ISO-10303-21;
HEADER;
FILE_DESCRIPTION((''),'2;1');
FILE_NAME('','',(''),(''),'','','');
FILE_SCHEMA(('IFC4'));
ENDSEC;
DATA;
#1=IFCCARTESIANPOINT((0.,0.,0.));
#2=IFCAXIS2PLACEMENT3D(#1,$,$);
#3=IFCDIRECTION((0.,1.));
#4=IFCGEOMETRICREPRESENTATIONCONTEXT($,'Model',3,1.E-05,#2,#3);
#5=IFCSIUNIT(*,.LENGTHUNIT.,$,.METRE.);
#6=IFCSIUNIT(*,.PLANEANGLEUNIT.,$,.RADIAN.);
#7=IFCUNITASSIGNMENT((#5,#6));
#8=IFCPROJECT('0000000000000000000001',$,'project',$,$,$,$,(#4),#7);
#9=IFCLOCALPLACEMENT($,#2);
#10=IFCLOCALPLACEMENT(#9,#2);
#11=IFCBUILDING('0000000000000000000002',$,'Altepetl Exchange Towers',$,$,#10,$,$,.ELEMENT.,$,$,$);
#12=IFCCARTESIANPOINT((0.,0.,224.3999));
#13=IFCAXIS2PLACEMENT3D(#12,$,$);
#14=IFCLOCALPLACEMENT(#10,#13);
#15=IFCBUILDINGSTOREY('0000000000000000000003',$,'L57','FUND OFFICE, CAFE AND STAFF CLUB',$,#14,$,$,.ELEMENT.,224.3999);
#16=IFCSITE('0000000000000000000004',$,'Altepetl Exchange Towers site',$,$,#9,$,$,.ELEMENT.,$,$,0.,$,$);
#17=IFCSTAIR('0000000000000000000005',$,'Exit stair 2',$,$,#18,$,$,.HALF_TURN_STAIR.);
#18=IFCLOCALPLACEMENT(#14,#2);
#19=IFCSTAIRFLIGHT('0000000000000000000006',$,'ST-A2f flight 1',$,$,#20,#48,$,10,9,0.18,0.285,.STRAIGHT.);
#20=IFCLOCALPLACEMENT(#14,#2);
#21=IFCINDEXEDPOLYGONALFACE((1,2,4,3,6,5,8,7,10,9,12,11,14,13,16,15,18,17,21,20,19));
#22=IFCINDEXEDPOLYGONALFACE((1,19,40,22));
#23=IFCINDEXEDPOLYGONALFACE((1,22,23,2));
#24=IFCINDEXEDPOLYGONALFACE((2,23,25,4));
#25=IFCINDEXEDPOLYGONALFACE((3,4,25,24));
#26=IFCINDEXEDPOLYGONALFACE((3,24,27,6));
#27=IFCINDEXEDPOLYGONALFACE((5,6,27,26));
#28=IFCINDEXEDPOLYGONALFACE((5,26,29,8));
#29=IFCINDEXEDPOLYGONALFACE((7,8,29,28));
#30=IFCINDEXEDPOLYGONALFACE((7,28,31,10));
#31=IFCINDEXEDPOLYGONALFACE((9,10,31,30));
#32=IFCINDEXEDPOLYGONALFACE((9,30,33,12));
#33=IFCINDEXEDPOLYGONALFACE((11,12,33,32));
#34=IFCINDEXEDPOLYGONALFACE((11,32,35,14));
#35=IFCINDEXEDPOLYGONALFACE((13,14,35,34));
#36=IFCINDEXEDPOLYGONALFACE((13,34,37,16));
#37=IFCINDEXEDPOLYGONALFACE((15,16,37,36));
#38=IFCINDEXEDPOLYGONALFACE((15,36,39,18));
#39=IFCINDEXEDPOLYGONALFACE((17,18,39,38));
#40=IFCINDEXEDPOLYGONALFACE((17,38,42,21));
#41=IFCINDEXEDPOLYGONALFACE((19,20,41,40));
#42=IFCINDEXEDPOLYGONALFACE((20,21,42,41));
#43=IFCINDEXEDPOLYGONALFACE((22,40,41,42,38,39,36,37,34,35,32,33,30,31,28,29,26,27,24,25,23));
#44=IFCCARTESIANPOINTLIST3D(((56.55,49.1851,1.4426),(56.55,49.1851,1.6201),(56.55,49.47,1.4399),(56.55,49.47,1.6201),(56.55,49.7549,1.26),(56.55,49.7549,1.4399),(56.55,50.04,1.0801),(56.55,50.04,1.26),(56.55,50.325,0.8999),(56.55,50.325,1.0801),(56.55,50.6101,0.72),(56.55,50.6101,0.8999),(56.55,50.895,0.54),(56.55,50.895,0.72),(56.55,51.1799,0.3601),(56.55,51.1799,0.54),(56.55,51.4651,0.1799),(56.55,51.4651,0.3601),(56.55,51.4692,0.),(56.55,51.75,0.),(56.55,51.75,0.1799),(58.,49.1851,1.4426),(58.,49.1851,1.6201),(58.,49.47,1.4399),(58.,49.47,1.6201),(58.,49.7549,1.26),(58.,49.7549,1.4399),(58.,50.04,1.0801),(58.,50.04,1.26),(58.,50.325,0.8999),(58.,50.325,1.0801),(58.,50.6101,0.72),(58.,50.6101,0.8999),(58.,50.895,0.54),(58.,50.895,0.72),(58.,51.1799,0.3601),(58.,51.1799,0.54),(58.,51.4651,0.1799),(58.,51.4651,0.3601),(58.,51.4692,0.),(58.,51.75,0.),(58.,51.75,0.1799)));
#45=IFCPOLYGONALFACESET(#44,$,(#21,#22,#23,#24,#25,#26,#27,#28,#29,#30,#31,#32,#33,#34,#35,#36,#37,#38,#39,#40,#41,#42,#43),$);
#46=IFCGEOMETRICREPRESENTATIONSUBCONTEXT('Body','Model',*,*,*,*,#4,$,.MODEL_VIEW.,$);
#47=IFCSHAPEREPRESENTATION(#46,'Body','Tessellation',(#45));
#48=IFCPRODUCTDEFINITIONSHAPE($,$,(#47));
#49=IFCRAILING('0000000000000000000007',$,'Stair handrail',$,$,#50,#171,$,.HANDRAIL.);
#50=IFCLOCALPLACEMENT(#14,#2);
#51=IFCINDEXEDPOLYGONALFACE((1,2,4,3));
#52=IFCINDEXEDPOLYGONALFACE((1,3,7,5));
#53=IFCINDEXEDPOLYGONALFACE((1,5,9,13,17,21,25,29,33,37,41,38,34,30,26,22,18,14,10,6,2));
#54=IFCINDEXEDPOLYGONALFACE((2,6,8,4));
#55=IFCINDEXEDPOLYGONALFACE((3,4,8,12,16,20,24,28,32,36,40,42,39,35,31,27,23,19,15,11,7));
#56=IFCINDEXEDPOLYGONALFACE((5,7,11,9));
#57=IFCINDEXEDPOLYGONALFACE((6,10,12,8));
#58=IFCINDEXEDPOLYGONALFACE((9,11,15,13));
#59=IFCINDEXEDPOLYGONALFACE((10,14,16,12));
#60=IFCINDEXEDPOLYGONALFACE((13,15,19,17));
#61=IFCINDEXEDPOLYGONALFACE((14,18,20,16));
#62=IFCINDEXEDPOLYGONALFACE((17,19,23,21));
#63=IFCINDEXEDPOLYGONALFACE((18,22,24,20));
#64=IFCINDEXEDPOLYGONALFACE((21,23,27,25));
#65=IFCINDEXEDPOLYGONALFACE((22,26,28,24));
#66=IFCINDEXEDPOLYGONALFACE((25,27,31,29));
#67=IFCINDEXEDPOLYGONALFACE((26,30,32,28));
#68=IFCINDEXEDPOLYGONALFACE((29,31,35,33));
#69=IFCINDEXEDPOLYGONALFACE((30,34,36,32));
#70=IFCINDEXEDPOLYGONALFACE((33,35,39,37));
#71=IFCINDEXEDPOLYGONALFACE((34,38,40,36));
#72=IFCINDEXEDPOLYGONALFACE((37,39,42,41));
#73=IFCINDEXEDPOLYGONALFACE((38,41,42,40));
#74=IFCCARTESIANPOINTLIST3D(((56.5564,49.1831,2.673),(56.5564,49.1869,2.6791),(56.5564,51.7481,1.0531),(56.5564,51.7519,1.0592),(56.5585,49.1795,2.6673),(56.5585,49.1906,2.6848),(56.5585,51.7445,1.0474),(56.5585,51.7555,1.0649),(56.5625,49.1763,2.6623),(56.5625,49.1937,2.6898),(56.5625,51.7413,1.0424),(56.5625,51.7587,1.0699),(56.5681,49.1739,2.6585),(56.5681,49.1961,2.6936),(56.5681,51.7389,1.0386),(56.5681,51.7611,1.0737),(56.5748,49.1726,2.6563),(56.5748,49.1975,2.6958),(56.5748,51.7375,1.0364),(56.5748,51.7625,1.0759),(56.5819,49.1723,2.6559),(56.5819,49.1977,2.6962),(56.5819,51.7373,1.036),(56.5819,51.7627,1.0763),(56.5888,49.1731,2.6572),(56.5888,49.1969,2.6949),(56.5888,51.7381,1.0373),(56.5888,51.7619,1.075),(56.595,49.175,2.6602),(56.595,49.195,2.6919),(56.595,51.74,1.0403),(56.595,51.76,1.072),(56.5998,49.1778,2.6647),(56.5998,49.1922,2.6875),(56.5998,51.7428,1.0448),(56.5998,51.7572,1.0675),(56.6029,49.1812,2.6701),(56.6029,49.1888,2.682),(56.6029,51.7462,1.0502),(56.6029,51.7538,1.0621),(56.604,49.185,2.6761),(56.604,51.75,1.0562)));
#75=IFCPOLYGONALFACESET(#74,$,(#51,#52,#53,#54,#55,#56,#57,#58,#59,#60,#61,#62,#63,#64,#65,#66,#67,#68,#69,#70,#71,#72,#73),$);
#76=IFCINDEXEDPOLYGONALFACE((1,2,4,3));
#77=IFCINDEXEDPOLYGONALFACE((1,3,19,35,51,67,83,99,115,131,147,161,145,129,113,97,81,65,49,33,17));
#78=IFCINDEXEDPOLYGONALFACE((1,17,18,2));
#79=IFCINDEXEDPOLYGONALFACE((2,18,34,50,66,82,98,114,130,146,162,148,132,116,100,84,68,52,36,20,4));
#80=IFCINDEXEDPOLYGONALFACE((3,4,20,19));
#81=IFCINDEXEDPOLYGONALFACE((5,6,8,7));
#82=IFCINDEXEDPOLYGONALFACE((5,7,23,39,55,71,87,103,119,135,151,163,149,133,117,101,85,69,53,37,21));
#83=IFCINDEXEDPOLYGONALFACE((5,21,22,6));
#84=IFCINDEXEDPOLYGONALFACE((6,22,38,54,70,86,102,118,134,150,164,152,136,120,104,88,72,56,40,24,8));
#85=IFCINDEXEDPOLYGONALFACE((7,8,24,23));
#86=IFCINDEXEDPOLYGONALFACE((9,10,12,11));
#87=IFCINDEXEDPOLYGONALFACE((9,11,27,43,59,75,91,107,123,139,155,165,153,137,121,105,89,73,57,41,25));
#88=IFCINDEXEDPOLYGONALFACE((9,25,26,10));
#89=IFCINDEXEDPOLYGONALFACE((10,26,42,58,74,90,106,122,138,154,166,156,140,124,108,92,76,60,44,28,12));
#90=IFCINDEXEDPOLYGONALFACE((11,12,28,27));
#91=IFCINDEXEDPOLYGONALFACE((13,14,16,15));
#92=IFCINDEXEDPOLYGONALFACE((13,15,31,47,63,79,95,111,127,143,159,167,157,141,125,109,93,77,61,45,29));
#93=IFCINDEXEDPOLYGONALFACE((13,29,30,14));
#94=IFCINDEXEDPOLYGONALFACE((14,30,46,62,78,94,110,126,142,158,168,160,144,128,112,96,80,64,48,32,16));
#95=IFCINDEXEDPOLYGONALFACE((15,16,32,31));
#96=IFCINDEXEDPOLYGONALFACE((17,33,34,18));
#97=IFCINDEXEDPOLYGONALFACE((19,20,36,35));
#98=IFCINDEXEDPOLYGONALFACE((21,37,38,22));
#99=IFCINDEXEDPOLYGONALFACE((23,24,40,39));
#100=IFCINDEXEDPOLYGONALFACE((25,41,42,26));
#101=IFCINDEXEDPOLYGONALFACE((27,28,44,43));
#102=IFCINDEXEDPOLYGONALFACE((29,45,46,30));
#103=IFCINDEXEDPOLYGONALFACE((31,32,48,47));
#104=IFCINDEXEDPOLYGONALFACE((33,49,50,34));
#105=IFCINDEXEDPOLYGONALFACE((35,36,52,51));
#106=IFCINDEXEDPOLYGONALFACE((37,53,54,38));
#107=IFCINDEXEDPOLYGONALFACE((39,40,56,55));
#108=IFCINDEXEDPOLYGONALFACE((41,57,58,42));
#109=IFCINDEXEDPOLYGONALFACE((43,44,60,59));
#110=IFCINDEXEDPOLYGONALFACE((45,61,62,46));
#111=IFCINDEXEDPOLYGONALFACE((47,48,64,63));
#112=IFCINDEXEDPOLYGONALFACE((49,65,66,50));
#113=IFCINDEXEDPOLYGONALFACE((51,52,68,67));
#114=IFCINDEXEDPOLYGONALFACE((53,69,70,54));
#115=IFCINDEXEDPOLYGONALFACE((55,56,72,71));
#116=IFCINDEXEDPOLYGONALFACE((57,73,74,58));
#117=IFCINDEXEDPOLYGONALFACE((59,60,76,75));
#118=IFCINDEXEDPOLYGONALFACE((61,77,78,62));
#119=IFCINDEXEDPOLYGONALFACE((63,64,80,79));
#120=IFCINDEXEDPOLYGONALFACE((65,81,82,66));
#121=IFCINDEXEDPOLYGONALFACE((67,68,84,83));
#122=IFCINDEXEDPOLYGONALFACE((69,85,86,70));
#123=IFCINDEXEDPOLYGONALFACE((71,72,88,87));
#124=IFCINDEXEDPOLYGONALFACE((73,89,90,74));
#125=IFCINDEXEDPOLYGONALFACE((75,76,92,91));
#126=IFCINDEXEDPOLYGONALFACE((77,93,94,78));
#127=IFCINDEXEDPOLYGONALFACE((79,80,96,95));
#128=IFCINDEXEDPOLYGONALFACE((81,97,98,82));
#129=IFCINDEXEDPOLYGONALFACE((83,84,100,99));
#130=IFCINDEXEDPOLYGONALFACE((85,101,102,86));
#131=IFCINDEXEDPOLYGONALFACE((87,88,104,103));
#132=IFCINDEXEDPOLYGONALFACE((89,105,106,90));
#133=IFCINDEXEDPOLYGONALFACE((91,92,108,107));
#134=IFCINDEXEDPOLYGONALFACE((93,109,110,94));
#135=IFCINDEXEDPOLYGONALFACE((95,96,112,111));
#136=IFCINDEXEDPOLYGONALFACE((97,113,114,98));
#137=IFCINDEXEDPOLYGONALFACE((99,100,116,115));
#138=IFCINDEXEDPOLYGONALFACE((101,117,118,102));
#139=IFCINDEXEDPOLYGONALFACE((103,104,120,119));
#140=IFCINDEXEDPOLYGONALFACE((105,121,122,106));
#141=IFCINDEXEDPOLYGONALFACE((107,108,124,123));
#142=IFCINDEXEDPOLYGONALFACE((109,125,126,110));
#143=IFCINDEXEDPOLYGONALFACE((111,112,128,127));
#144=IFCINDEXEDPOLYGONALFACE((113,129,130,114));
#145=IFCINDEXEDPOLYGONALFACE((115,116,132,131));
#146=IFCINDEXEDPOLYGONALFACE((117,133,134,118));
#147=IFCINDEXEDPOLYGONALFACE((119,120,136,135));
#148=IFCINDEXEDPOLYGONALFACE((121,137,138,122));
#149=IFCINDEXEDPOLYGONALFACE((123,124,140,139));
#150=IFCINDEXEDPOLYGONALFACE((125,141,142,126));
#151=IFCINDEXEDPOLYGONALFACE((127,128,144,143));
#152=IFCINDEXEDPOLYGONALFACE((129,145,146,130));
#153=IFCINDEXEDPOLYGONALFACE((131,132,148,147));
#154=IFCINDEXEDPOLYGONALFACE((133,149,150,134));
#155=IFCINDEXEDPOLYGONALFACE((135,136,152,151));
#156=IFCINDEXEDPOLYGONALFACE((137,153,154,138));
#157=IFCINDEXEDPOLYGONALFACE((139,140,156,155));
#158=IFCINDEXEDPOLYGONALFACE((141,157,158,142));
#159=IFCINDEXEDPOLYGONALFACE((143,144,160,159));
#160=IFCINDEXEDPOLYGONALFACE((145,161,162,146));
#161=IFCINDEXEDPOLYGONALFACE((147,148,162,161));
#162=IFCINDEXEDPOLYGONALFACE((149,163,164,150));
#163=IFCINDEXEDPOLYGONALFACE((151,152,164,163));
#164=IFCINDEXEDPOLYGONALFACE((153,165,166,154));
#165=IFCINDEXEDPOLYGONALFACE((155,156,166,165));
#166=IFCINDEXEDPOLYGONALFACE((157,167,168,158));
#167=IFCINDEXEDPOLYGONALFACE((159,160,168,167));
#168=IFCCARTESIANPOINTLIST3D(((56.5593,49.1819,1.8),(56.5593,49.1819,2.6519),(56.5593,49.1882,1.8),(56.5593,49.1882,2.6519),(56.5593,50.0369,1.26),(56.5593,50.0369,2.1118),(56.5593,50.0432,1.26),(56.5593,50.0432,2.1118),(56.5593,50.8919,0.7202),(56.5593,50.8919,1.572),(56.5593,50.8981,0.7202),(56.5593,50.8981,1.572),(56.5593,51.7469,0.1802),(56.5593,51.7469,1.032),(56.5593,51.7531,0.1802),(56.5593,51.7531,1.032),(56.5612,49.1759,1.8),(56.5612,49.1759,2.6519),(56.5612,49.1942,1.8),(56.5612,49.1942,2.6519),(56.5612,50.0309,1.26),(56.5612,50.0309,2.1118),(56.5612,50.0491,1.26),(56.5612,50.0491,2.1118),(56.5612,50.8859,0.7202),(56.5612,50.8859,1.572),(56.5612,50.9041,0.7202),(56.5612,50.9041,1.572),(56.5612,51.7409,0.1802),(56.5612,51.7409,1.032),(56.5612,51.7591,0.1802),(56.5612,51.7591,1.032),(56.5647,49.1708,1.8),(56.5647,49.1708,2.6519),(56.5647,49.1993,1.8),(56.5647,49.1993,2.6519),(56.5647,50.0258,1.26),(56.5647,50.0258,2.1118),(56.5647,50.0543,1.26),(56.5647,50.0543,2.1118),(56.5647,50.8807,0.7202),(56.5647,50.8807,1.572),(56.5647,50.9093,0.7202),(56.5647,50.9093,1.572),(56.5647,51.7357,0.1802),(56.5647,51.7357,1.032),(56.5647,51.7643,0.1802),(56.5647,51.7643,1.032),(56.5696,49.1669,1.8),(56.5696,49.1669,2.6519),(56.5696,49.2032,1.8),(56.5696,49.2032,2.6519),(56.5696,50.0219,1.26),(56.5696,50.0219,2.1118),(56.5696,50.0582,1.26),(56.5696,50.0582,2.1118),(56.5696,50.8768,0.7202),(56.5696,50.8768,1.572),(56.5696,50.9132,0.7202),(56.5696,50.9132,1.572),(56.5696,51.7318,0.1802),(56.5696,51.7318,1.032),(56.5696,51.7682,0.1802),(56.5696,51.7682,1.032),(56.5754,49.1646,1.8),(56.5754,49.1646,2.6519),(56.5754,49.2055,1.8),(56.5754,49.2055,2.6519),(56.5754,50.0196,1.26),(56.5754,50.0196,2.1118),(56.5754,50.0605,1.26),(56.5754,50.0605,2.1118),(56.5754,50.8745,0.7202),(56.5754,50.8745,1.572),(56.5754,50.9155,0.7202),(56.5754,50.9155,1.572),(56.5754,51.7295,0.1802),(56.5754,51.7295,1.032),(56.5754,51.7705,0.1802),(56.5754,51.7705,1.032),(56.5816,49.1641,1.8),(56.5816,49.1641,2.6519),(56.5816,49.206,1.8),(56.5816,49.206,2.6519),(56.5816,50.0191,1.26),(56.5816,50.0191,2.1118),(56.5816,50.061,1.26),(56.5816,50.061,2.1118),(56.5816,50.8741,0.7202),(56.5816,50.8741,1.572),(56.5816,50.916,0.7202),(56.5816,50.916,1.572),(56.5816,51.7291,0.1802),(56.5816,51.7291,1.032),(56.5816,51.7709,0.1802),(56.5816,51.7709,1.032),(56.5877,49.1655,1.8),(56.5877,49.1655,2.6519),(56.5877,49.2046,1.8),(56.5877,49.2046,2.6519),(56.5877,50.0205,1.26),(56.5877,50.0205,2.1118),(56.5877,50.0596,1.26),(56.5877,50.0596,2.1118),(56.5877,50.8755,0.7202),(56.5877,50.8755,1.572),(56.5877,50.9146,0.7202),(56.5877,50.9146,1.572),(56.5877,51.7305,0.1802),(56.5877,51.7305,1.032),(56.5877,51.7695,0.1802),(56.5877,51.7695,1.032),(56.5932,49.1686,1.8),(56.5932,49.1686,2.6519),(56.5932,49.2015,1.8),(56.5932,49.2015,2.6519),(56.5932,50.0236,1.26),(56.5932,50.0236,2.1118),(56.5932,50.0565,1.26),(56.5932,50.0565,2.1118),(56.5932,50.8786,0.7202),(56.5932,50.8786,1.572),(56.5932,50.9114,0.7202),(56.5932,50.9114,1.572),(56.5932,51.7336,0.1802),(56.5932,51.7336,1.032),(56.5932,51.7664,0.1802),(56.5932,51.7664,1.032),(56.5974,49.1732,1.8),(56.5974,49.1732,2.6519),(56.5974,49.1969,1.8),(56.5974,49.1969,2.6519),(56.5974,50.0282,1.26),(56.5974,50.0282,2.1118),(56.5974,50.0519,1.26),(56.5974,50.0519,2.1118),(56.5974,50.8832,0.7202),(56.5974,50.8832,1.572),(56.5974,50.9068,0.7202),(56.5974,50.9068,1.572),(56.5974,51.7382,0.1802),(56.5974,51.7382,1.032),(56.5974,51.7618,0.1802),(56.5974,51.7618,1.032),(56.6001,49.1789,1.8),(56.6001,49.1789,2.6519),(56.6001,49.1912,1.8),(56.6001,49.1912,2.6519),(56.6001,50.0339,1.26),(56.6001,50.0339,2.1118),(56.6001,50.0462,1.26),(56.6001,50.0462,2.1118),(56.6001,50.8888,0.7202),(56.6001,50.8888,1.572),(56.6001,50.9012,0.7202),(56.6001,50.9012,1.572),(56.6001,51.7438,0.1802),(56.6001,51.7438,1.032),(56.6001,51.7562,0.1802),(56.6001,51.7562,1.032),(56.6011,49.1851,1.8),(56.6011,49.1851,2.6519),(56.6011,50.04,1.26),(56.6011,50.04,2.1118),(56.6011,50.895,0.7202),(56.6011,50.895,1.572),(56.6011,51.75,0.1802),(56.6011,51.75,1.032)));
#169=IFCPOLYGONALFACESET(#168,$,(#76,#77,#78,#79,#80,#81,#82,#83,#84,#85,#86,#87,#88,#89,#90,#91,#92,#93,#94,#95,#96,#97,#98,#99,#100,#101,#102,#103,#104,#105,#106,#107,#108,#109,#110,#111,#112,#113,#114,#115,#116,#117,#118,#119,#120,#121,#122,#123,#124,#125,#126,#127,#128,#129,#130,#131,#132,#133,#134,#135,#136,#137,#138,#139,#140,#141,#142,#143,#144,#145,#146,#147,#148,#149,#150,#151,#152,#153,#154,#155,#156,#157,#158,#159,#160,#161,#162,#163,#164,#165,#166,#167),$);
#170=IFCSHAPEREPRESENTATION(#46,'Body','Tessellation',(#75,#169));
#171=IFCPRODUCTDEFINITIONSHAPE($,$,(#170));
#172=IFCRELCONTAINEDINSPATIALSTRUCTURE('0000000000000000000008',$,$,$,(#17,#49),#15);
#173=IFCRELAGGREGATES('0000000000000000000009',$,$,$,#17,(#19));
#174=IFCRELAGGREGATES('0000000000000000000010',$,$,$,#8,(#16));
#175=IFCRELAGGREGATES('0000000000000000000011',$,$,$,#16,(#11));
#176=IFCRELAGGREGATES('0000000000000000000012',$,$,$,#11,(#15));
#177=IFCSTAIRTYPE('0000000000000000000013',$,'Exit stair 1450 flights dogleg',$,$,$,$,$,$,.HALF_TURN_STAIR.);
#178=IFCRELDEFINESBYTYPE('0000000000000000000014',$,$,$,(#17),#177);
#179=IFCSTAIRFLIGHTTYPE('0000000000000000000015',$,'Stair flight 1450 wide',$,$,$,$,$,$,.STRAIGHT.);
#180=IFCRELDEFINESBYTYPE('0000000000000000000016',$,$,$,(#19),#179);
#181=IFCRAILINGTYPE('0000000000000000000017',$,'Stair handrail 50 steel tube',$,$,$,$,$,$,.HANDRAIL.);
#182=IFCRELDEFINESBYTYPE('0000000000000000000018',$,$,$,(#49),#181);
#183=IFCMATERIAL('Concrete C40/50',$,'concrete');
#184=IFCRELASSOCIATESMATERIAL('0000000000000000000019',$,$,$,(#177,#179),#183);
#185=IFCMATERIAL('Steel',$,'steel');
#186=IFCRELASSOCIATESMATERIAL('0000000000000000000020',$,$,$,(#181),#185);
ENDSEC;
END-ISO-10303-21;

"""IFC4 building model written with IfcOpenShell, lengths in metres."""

from ifc_helpers import new_model, si_unit, direction, frame, origin, origin_2d, place, context, subcontext, project, spatial, polyline, circle, outline, extrude, source, transform, mapped, material, type_object, element, aggregate, save


model = new_model("IFC4")

# Units and contexts
model_context = context("Model", 3, precision=1e-05, world=origin(), true_north=direction((0.0, 1.0)))
body_context = subcontext(model_context, "Body", "Model", "MODEL_VIEW")
ifc_project = project(units=[si_unit("LENGTHUNIT", "METRE"), si_unit("PLANEANGLEUNIT", "RADIAN")], contexts=[model_context])

# Site, building, storey
site_placement = place(None, origin())
site = spatial("IfcSite", under=ifc_project, at=site_placement, Name="Altepetl Exchange Towers site", CompositionType="ELEMENT", RefElevation=0.0)
building_placement = place(site_placement, origin())
building = spatial("IfcBuilding", under=site, at=building_placement, Name="Altepetl Exchange Towers", CompositionType="ELEMENT")
storey_placement = place(building_placement, frame((0.0, 0.0, 224.3999)))
storey = spatial("IfcBuildingStorey", under=building, at=storey_placement, Name="L57", Description="FUND OFFICE, CAFE AND STAFF CLUB", CompositionType="ELEMENT", Elevation=224.3999)

# Shared definitions
ifc_material_1 = material(Name="Concrete C40/50", Category="concrete")

# Stair, stair flight
stair_type = type_object("IfcStairType", Name="Exit stair 1450 flights dogleg", PredefinedType="HALF_TURN_STAIR", material=ifc_material_1)
stair_placement = place(storey_placement, origin())
stair = element("IfcStair", 1, at=stair_placement, inside=storey, type_object=stair_type, Name="Exit stair 2", PredefinedType="HALF_TURN_STAIR")
stair_flight_type = type_object("IfcStairFlightType", Name="Stair flight 1450 wide", PredefinedType="STRAIGHT", material=ifc_material_1)
stair_flight_placement = place(storey_placement, frame((57.2749, 51.75, 0.0), z_axis=(0.0, 0.0, 1.0), x_axis=(0.0, -1.0, 0.0)))
stair_flight = element("IfcStairFlight", 2, at=stair_flight_placement, type_object=stair_flight_type, Name="ST-A2f flight 1", NumberOfRisers=10, NumberOfTreads=9, PredefinedType="STRAIGHT", RiserHeight=0.18, TreadLength=0.285, context=body_context, shape_type="SweptSolid", body=[
    extrude(outline(polyline([(0.0, 0.0), (0.0, 0.1799), (0.2849, 0.1799), (0.2849, 0.3601), (0.5701, 0.3601), (0.5701, 0.54), (0.855, 0.54), (0.855, 0.72), (1.1399, 0.72), (1.1399, 0.8999), (1.425, 0.8999), (1.425, 1.0801), (1.71, 1.0801), (1.71, 1.26), (1.9951, 1.26), (1.9951, 1.4399), (2.28, 1.4399), (2.28, 1.6201), (2.5649, 1.6201), (2.5649, 1.8), (2.5649, 1.4426), (0.2808, 0.0), (0.0, 0.0)])), frame((0.0, 0.7251, 0.0), z_axis=(0.0, -1.0, 0.0), x_axis=(1.0, 0.0, 0.0)), (0.0, 0.0, 1.0), 1.45),
])
aggregate(stair, [stair_flight])

# Railing
ifc_material_2 = material(Name="Steel", Category="steel")
railing_type = type_object("IfcRailingType", Name="Stair handrail 50 steel tube", PredefinedType="HANDRAIL", material=ifc_material_2)
shared_shape = source(origin(), body_context, "Body", "SweptSolid", [
    extrude(circle(Radius=0.021, at=origin_2d()), origin(), (0.0, 0.0, 1.0), 0.8518),
])
railing_placement = place(storey_placement, frame((56.5801, 51.75, 0.1802)))
element("IfcRailing", 3, at=railing_placement, inside=storey, type_object=railing_type, Name="Stair handrail", PredefinedType="HANDRAIL", context=body_context, shape_type="SweptSolid", body=[
    extrude(circle(Radius=0.0239, at=origin_2d()), frame((0.0, 0.0, 0.876), z_axis=(0.0, -0.845502, 0.533972), x_axis=(1.0, 0.0, 0.0)), (0.0, 0.0, 1.0), 3.0337),
    mapped(shared_shape, transform((0.0, 0.0, 0.0))),
    mapped(shared_shape, transform((0.0, -0.855, 0.54))),
    mapped(shared_shape, transform((0.0, -1.71, 1.0798))),
    mapped(shared_shape, transform((0.0, -2.5649, 1.6199))),
])

save(model, "model.ifc")
